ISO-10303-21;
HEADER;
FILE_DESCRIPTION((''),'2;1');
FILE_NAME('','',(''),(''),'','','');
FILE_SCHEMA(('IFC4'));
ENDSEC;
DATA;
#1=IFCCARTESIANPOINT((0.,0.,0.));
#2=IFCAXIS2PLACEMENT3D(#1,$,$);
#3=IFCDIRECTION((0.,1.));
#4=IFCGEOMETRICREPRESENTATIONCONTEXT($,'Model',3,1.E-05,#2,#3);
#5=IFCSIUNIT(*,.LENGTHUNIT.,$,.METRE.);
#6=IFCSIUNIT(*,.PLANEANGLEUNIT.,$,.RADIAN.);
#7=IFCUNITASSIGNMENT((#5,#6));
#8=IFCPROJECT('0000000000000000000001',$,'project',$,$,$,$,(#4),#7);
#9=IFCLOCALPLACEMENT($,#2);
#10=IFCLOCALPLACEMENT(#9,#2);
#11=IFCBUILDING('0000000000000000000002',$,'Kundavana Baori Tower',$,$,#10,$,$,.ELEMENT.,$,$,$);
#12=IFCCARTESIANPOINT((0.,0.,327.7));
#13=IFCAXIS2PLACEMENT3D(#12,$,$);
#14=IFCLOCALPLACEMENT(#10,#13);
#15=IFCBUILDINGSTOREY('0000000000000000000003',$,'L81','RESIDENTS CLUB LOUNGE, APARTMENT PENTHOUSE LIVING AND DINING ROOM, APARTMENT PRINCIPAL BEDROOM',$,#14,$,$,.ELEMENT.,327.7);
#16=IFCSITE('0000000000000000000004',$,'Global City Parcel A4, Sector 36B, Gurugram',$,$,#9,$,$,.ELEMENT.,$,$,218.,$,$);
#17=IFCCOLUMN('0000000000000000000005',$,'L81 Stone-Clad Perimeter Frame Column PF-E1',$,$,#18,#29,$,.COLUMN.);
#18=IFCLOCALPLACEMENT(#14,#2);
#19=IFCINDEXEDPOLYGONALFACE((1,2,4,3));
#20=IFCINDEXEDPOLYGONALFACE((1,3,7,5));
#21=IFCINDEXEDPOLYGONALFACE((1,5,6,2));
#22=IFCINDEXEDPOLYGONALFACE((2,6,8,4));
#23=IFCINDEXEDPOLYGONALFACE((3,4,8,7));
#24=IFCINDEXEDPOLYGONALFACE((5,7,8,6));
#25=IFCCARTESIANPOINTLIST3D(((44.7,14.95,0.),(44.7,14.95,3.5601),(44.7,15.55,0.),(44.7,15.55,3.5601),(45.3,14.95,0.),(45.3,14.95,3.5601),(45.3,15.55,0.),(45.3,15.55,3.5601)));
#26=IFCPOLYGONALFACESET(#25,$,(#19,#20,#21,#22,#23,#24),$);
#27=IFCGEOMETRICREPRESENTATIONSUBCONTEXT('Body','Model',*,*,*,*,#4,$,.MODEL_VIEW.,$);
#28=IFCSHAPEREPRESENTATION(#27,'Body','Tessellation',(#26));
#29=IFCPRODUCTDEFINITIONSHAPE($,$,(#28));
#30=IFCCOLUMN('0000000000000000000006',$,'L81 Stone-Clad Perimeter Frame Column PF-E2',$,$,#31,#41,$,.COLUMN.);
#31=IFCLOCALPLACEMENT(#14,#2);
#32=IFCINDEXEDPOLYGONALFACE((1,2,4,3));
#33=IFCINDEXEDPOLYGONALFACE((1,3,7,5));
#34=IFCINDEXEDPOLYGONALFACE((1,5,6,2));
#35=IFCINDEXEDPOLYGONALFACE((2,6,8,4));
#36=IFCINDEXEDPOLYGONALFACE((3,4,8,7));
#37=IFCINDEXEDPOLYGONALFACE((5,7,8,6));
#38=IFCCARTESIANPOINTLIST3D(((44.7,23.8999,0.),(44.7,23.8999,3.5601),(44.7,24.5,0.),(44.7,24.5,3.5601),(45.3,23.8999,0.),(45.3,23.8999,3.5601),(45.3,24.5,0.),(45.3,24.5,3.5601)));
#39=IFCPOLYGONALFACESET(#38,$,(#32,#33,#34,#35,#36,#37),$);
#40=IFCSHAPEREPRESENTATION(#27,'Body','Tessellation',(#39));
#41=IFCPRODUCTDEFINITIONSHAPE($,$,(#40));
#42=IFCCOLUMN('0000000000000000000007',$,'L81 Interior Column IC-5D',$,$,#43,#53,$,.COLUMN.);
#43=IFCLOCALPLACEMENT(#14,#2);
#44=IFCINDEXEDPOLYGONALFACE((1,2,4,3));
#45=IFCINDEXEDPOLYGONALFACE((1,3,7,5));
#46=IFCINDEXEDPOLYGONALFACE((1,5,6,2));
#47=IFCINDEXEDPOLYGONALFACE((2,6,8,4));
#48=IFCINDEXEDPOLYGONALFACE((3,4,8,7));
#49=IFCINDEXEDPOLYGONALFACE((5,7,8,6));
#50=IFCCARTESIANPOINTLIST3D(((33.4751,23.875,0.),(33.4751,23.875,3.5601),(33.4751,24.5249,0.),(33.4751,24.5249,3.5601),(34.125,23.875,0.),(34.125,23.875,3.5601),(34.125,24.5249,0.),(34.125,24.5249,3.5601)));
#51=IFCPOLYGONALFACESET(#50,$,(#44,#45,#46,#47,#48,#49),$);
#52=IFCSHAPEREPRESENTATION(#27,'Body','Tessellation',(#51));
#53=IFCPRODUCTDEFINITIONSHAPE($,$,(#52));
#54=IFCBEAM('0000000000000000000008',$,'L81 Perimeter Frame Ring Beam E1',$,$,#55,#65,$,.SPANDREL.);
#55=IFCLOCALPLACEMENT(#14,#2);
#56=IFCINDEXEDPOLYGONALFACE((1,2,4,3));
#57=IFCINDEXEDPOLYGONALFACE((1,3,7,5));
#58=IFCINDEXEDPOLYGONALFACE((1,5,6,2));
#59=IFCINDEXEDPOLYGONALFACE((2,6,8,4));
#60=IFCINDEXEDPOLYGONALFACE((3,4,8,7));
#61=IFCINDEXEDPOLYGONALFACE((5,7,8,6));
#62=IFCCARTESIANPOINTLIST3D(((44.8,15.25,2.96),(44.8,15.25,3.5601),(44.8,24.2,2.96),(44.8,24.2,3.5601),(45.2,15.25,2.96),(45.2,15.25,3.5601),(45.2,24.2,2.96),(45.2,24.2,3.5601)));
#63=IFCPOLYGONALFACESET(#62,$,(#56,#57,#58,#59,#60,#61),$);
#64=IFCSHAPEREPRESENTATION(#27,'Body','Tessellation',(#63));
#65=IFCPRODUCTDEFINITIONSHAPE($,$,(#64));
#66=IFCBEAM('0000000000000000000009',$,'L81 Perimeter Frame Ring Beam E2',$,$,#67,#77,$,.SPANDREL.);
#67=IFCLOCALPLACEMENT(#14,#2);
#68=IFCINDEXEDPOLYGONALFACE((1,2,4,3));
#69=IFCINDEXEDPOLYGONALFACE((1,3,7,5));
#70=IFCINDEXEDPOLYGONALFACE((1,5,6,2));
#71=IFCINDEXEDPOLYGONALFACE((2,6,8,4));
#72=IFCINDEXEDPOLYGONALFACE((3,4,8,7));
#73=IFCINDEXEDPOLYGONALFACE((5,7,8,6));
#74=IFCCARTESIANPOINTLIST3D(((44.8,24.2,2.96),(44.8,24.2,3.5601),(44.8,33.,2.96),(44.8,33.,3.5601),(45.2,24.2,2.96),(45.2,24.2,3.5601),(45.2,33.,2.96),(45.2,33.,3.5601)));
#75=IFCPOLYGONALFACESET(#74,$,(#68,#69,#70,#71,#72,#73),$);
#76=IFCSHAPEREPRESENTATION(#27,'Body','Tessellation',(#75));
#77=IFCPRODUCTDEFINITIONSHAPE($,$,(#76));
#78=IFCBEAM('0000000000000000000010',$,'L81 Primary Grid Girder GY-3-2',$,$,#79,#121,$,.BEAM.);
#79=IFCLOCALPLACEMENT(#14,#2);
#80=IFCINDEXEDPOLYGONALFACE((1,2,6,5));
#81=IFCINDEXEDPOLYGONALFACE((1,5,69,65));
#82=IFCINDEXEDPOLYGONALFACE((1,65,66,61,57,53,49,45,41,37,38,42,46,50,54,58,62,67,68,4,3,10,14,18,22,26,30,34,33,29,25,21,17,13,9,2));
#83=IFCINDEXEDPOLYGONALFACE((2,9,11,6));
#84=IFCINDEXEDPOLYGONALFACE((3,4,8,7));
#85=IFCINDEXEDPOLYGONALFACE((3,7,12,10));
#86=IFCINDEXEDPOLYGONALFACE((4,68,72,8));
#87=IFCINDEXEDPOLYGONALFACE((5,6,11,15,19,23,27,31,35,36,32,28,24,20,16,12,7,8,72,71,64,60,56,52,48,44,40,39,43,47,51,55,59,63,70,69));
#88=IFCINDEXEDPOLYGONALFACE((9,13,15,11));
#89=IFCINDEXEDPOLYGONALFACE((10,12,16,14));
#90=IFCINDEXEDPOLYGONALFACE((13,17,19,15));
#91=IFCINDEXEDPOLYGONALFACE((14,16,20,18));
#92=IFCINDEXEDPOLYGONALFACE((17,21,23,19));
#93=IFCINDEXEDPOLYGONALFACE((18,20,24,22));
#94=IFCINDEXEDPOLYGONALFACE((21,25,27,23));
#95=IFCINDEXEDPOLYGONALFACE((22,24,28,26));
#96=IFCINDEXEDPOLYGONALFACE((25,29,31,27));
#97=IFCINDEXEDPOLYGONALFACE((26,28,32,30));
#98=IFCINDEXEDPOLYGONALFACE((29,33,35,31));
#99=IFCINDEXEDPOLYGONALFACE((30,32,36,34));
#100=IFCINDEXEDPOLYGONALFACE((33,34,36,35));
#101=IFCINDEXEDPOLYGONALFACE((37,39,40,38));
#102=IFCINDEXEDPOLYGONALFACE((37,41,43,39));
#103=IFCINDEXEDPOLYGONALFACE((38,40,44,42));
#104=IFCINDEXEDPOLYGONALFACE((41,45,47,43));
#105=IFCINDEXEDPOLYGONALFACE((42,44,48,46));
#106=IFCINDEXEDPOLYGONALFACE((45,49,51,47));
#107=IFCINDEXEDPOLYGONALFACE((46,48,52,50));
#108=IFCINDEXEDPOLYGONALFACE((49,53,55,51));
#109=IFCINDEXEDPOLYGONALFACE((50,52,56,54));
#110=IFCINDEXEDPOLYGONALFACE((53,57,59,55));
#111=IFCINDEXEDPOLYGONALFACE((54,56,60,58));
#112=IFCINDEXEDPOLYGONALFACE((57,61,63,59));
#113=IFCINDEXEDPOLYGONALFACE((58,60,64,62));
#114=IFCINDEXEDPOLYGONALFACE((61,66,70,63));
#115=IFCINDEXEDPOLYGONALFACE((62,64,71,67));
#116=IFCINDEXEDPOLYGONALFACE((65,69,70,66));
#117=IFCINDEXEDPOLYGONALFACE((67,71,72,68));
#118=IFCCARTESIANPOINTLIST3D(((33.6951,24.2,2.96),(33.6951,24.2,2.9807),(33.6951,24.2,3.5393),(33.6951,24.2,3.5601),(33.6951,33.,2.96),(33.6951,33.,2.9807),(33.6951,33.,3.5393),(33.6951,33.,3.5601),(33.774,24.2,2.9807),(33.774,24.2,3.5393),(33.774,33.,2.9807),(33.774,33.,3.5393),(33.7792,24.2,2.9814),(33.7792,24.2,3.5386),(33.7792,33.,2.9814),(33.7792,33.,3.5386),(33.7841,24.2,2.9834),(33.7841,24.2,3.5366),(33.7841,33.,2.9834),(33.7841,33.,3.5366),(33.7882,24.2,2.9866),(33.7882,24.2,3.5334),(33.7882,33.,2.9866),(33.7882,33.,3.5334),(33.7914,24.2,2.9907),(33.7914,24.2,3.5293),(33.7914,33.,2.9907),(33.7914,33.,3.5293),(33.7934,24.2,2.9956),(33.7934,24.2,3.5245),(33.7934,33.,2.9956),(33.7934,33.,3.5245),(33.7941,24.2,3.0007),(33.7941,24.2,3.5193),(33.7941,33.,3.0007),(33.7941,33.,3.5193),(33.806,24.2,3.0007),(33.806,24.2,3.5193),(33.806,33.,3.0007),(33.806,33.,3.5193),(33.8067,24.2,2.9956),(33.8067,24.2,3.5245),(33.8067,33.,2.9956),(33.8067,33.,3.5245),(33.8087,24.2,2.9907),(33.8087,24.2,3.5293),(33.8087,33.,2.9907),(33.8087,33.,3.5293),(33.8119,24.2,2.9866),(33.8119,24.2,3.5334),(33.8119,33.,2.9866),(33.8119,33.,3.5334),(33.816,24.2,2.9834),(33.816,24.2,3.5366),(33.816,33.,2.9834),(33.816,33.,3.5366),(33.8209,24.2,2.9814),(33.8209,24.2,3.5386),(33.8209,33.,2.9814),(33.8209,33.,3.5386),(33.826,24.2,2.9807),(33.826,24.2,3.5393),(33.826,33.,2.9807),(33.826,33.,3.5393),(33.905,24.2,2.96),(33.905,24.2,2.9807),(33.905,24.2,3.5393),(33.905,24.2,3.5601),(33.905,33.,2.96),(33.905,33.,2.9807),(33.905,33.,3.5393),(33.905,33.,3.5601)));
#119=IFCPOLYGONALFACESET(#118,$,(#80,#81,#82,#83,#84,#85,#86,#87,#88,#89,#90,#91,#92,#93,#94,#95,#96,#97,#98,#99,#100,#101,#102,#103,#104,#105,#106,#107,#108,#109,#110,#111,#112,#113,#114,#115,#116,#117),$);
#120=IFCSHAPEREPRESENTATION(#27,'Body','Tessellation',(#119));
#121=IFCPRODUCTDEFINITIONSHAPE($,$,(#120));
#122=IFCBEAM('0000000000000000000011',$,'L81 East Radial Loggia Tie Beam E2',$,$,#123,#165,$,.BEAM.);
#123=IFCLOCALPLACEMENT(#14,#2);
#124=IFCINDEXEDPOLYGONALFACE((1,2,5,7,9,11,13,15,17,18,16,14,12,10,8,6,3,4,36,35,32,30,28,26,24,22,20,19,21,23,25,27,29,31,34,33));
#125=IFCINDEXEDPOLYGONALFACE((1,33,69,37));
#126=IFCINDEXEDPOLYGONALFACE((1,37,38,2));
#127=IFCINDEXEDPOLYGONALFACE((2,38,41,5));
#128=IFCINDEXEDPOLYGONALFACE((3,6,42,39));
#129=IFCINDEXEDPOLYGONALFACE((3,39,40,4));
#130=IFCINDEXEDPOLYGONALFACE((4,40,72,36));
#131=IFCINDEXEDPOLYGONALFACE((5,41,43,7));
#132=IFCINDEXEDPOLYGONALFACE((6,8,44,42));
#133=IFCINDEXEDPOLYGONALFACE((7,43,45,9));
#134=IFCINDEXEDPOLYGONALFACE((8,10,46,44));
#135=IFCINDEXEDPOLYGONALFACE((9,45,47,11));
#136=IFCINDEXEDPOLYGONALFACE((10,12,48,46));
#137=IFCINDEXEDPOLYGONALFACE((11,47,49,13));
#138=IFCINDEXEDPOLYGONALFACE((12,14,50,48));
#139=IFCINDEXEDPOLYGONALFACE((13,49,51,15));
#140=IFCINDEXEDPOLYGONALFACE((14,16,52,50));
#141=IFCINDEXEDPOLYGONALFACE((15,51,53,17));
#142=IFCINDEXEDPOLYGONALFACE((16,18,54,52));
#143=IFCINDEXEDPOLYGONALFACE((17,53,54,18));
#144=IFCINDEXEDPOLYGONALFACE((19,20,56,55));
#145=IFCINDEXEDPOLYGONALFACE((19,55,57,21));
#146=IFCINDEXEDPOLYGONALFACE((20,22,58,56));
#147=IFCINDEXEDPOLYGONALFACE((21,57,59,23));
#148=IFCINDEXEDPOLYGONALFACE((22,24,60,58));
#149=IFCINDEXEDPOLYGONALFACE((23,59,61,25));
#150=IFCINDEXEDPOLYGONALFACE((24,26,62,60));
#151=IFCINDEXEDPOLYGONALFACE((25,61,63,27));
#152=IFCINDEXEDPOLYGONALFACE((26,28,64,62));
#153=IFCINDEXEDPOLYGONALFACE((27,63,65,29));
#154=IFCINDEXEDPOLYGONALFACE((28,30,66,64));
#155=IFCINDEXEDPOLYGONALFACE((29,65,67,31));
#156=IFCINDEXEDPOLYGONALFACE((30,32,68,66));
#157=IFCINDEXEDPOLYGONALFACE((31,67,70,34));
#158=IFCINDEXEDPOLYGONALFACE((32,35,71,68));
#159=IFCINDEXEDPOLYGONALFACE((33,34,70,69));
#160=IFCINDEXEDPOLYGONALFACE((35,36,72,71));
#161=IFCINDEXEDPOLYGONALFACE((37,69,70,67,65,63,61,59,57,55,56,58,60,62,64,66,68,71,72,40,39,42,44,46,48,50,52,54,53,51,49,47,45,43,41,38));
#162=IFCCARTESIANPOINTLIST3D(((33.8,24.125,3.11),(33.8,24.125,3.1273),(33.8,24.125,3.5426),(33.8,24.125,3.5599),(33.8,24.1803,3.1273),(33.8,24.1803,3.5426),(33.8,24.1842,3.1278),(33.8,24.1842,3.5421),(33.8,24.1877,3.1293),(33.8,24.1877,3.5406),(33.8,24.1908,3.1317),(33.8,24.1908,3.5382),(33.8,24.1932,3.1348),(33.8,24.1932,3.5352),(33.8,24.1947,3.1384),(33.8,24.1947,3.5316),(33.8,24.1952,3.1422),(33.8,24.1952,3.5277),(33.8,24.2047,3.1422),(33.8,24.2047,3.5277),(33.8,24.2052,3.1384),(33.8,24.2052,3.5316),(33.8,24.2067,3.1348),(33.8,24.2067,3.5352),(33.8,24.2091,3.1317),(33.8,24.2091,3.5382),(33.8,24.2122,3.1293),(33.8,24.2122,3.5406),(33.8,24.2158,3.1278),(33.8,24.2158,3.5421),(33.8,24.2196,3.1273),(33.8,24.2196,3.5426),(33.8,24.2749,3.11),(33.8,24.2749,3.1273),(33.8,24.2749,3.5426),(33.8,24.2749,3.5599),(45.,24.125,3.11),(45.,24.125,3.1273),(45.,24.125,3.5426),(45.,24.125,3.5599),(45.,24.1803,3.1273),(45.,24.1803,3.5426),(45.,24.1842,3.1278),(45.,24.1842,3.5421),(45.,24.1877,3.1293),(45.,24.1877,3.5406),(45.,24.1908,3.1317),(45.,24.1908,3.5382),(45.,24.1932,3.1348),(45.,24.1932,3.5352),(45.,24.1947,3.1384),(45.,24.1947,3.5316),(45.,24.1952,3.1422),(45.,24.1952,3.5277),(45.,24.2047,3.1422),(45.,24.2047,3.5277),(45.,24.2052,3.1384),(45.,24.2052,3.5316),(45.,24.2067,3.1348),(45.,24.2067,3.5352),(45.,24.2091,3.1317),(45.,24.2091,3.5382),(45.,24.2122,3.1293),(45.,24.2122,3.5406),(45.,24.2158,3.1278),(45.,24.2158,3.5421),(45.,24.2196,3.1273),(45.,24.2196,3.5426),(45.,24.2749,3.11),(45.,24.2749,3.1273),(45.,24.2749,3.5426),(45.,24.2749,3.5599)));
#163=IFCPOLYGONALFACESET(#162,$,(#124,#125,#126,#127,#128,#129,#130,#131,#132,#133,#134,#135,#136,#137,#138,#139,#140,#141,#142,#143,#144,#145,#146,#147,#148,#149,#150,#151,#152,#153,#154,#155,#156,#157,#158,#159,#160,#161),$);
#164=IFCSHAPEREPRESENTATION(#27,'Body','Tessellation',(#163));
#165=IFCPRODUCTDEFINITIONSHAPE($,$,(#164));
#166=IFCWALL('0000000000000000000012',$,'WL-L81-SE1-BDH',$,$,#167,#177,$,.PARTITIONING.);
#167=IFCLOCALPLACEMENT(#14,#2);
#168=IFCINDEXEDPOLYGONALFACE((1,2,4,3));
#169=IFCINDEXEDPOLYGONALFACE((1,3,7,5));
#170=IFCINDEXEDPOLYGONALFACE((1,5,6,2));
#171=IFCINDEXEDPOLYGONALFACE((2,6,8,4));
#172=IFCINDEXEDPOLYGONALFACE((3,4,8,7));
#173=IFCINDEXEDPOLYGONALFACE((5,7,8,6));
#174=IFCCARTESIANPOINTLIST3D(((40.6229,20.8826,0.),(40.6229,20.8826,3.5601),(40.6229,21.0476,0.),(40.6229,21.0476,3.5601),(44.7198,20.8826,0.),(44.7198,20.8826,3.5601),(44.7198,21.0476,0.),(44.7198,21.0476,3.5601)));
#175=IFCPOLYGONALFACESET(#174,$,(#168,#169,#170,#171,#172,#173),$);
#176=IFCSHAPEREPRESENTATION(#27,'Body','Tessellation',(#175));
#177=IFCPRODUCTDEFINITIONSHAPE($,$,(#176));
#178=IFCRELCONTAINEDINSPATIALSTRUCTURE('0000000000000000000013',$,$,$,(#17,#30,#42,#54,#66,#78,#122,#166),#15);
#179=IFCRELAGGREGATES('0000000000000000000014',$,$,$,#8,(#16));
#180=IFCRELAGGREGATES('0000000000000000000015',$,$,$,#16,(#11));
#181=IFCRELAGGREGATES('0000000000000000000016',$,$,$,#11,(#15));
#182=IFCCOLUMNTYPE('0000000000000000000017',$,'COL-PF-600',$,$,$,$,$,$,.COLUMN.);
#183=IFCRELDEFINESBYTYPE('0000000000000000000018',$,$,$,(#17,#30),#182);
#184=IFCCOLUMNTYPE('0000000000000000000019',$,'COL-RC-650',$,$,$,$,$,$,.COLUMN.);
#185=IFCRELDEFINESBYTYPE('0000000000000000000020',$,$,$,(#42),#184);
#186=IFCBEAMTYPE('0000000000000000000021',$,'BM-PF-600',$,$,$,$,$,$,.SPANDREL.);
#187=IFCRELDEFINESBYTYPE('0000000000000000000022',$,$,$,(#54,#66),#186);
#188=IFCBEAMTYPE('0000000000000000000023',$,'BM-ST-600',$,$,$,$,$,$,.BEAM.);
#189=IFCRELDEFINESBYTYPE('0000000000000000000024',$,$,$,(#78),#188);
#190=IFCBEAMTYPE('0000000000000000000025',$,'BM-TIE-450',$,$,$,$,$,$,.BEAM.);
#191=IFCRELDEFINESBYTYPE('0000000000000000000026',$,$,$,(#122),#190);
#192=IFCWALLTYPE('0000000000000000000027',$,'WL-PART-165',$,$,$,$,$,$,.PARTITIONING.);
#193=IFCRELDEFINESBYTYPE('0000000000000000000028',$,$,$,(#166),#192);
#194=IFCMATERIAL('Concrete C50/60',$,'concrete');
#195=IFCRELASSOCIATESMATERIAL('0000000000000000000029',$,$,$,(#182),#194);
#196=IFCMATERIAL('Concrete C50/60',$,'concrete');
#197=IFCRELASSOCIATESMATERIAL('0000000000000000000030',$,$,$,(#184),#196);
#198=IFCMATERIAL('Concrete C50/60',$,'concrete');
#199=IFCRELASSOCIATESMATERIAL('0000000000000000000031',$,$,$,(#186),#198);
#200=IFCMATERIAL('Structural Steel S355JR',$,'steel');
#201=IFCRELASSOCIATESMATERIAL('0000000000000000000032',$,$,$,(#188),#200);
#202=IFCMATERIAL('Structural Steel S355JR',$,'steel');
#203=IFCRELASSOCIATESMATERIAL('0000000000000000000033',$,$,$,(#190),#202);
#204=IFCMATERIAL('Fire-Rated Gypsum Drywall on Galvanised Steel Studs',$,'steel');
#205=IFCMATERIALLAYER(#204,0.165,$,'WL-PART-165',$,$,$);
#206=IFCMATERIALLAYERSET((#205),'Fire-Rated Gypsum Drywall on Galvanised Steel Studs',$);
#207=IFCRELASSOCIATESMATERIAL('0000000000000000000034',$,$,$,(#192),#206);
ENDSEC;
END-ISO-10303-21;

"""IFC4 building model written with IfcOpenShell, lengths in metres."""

from ifc_helpers import new_model, si_unit, direction, frame, frame_2d, origin, origin_2d, place, context, subcontext, project, spatial, rectangle, i_section, extrude, material, layer, layer_set, material_profile, profile_set, type_object, element, save


model = new_model("IFC4")

# Units and contexts
model_context = context("Model", 3, precision=1e-05, world=origin(), true_north=direction((0.0, 1.0)))
body_context = subcontext(model_context, "Body", "Model", "MODEL_VIEW")
ifc_project = project(units=[si_unit("LENGTHUNIT", "METRE"), si_unit("PLANEANGLEUNIT", "RADIAN")], contexts=[model_context])

# Site, building, storey
site_placement = place(None, origin())
site = spatial("IfcSite", under=ifc_project, at=site_placement, Name="Global City Parcel A4, Sector 36B, Gurugram", CompositionType="ELEMENT", RefElevation=218.0)
building_placement = place(site_placement, origin())
building = spatial("IfcBuilding", under=site, at=building_placement, Name="Kundavana Baori Tower", CompositionType="ELEMENT")
storey_placement = place(building_placement, frame((0.0, 0.0, 327.7)))
storey = spatial("IfcBuildingStorey", under=building, at=storey_placement, Name="L81", Description="RESIDENTS CLUB LOUNGE, APARTMENT PENTHOUSE LIVING AND DINING ROOM, APARTMENT PRINCIPAL BEDROOM", CompositionType="ELEMENT", Elevation=327.7)

# Columns
ifc_material_1 = material(Name="Concrete C50/60", Category="concrete")
ifc_material_profile_1 = material_profile(ifc_material_1, rectangle(XDim=0.6001, YDim=0.6001, at=origin_2d()), Name="RC PF 600x600")
ifc_profile_set_1 = profile_set([ifc_material_profile_1], Name="Concrete C50/60")
column_type_1 = type_object("IfcColumnType", Name="COL-PF-600", PredefinedType="COLUMN", material=ifc_profile_set_1)
for number, where, z_axis, x_axis, name in (
    (1, (45.0, 15.25, 0.0), (0.0, 0.0, 1.0), (1.0, 0.0, 0.0), "L81 Stone-Clad Perimeter Frame Column PF-E1"),
    (2, (45.0, 24.2, 0.0), (0.0, 0.0, 1.0), (1.0, 0.0, 0.0), "L81 Stone-Clad Perimeter Frame Column PF-E2"),
):
    element("IfcColumn", number, at=place(storey_placement, frame(where, z_axis=z_axis, x_axis=x_axis)), inside=storey, type_object=column_type_1, Name=name, PredefinedType="COLUMN", context=body_context, shape_type="SweptSolid", body=[
        extrude(rectangle(XDim=0.6001, YDim=0.6001, at=origin_2d()), origin(), (0.0, 0.0, 1.0), 3.5601),
    ])
ifc_material_2 = material(Name="Concrete C50/60", Category="concrete")
ifc_material_profile_2 = material_profile(ifc_material_2, rectangle(XDim=0.6499, YDim=0.6499, at=origin_2d()), Name="RC 650x650")
ifc_profile_set_2 = profile_set([ifc_material_profile_2], Name="Concrete C50/60")
column_type_2 = type_object("IfcColumnType", Name="COL-RC-650", PredefinedType="COLUMN", material=ifc_profile_set_2)
column_placement = place(storey_placement, frame((33.8, 24.2, 0.0), z_axis=(0.0, 0.0, 1.0), x_axis=(1.0, 0.0, 0.0)))
element("IfcColumn", 3, at=column_placement, inside=storey, type_object=column_type_2, Name="L81 Interior Column IC-5D", PredefinedType="COLUMN", context=body_context, shape_type="SweptSolid", body=[
    extrude(rectangle(XDim=0.6499, YDim=0.6499, at=origin_2d()), origin(), (0.0, 0.0, 1.0), 3.5601),
])

# Beams
ifc_material_3 = material(Name="Concrete C50/60", Category="concrete")
ifc_material_profile_3 = material_profile(ifc_material_3, rectangle(XDim=0.3999, YDim=0.6001, at=origin_2d()), Name="RC BM 400x600")
ifc_profile_set_3 = profile_set([ifc_material_profile_3], Name="Concrete C50/60")
beam_type_1 = type_object("IfcBeamType", Name="BM-PF-600", PredefinedType="SPANDREL", material=ifc_profile_set_3)
beam_1_placement = place(storey_placement, frame((45.0, 15.25, 3.26), z_axis=(0.0, 1.0, 0.0), x_axis=(-1.0, 0.0, 0.0)))
element("IfcBeam", 4, at=beam_1_placement, inside=storey, type_object=beam_type_1, Name="L81 Perimeter Frame Ring Beam E1", PredefinedType="SPANDREL", context=body_context, shape_type="SweptSolid", body=[
    extrude(rectangle(XDim=0.3999, YDim=0.6001, at=origin_2d()), origin(), (0.0, 0.0, 1.0), 8.95),
])
beam_2_placement = place(storey_placement, frame((45.0, 24.2, 3.26), z_axis=(0.0, 1.0, 0.0), x_axis=(-1.0, 0.0, 0.0)))
element("IfcBeam", 5, at=beam_2_placement, inside=storey, type_object=beam_type_1, Name="L81 Perimeter Frame Ring Beam E2", PredefinedType="SPANDREL", context=body_context, shape_type="SweptSolid", body=[
    extrude(rectangle(XDim=0.3999, YDim=0.6001, at=origin_2d()), origin(), (0.0, 0.0, 1.0), 8.8),
])
ifc_material_4 = material(Name="Structural Steel S355JR", Category="steel")
ifc_material_profile_4 = material_profile(ifc_material_4, i_section(OverallWidth=0.21, OverallDepth=0.6001, WebThickness=0.012, FlangeThickness=0.0208, FilletRadius=0.02, at=origin_2d()), Name="ISMB 600")
ifc_profile_set_4 = profile_set([ifc_material_profile_4], Name="Structural Steel S355JR")
beam_type_2 = type_object("IfcBeamType", Name="BM-ST-600", PredefinedType="BEAM", material=ifc_profile_set_4)
beam_3_placement = place(storey_placement, frame((33.8, 24.2, 3.26), z_axis=(0.0, 1.0, 0.0), x_axis=(-1.0, 0.0, 0.0)))
element("IfcBeam", 6, at=beam_3_placement, inside=storey, type_object=beam_type_2, Name="L81 Primary Grid Girder GY-3-2", PredefinedType="BEAM", context=body_context, shape_type="SweptSolid", body=[
    extrude(i_section(OverallWidth=0.21, OverallDepth=0.6001, WebThickness=0.012, FlangeThickness=0.0208, FilletRadius=0.02, at=origin_2d()), origin(), (0.0, 0.0, 1.0), 8.8),
])
ifc_material_5 = material(Name="Structural Steel S355JR", Category="steel")
ifc_material_profile_5 = material_profile(ifc_material_5, i_section(OverallWidth=0.1499, OverallDepth=0.45, WebThickness=0.0095, FlangeThickness=0.0173, FilletRadius=0.0149, at=origin_2d()), Name="ISMB 450")
ifc_profile_set_5 = profile_set([ifc_material_profile_5], Name="Structural Steel S355JR")
beam_type_3 = type_object("IfcBeamType", Name="BM-TIE-450", PredefinedType="BEAM", material=ifc_profile_set_5)
beam_4_placement = place(storey_placement, frame((33.8, 24.2, 3.335), z_axis=(1.0, 0.0, 0.0), x_axis=(0.0, 1.0, 0.0)))
element("IfcBeam", 7, at=beam_4_placement, inside=storey, type_object=beam_type_3, Name="L81 East Radial Loggia Tie Beam E2", PredefinedType="BEAM", context=body_context, shape_type="SweptSolid", body=[
    extrude(i_section(OverallWidth=0.1499, OverallDepth=0.45, WebThickness=0.0095, FlangeThickness=0.0173, FilletRadius=0.0149, at=origin_2d()), origin(), (0.0, 0.0, 1.0), 11.2),
])

# Wall
ifc_material_6 = material(Name="Fire-Rated Gypsum Drywall on Galvanised Steel Studs", Category="steel")
ifc_layer_1 = layer(ifc_material_6, 0.165, Name="WL-PART-165")
ifc_layer_set_1 = layer_set([ifc_layer_1], Name="Fire-Rated Gypsum Drywall on Galvanised Steel Studs")
wall_type_1 = type_object("IfcWallType", Name="WL-PART-165", PredefinedType="PARTITIONING", material=ifc_layer_set_1)
wall_1_placement = place(storey_placement, frame((40.623, 20.9651, 0.0), z_axis=(0.0, 0.0, 1.0), x_axis=(1.0, 0.0, 0.0)))
element("IfcWall", 8, at=wall_1_placement, inside=storey, type_object=wall_type_1, Name="WL-L81-SE1-BDH", PredefinedType="PARTITIONING", context=body_context, shape_type="SweptSolid", body=[
    extrude(rectangle(XDim=4.0969, YDim=0.165, at=frame_2d((2.0483, 0.0))), origin(), (0.0, 0.0, 1.0), 3.5601),
])

save(model, "model.ifc")
